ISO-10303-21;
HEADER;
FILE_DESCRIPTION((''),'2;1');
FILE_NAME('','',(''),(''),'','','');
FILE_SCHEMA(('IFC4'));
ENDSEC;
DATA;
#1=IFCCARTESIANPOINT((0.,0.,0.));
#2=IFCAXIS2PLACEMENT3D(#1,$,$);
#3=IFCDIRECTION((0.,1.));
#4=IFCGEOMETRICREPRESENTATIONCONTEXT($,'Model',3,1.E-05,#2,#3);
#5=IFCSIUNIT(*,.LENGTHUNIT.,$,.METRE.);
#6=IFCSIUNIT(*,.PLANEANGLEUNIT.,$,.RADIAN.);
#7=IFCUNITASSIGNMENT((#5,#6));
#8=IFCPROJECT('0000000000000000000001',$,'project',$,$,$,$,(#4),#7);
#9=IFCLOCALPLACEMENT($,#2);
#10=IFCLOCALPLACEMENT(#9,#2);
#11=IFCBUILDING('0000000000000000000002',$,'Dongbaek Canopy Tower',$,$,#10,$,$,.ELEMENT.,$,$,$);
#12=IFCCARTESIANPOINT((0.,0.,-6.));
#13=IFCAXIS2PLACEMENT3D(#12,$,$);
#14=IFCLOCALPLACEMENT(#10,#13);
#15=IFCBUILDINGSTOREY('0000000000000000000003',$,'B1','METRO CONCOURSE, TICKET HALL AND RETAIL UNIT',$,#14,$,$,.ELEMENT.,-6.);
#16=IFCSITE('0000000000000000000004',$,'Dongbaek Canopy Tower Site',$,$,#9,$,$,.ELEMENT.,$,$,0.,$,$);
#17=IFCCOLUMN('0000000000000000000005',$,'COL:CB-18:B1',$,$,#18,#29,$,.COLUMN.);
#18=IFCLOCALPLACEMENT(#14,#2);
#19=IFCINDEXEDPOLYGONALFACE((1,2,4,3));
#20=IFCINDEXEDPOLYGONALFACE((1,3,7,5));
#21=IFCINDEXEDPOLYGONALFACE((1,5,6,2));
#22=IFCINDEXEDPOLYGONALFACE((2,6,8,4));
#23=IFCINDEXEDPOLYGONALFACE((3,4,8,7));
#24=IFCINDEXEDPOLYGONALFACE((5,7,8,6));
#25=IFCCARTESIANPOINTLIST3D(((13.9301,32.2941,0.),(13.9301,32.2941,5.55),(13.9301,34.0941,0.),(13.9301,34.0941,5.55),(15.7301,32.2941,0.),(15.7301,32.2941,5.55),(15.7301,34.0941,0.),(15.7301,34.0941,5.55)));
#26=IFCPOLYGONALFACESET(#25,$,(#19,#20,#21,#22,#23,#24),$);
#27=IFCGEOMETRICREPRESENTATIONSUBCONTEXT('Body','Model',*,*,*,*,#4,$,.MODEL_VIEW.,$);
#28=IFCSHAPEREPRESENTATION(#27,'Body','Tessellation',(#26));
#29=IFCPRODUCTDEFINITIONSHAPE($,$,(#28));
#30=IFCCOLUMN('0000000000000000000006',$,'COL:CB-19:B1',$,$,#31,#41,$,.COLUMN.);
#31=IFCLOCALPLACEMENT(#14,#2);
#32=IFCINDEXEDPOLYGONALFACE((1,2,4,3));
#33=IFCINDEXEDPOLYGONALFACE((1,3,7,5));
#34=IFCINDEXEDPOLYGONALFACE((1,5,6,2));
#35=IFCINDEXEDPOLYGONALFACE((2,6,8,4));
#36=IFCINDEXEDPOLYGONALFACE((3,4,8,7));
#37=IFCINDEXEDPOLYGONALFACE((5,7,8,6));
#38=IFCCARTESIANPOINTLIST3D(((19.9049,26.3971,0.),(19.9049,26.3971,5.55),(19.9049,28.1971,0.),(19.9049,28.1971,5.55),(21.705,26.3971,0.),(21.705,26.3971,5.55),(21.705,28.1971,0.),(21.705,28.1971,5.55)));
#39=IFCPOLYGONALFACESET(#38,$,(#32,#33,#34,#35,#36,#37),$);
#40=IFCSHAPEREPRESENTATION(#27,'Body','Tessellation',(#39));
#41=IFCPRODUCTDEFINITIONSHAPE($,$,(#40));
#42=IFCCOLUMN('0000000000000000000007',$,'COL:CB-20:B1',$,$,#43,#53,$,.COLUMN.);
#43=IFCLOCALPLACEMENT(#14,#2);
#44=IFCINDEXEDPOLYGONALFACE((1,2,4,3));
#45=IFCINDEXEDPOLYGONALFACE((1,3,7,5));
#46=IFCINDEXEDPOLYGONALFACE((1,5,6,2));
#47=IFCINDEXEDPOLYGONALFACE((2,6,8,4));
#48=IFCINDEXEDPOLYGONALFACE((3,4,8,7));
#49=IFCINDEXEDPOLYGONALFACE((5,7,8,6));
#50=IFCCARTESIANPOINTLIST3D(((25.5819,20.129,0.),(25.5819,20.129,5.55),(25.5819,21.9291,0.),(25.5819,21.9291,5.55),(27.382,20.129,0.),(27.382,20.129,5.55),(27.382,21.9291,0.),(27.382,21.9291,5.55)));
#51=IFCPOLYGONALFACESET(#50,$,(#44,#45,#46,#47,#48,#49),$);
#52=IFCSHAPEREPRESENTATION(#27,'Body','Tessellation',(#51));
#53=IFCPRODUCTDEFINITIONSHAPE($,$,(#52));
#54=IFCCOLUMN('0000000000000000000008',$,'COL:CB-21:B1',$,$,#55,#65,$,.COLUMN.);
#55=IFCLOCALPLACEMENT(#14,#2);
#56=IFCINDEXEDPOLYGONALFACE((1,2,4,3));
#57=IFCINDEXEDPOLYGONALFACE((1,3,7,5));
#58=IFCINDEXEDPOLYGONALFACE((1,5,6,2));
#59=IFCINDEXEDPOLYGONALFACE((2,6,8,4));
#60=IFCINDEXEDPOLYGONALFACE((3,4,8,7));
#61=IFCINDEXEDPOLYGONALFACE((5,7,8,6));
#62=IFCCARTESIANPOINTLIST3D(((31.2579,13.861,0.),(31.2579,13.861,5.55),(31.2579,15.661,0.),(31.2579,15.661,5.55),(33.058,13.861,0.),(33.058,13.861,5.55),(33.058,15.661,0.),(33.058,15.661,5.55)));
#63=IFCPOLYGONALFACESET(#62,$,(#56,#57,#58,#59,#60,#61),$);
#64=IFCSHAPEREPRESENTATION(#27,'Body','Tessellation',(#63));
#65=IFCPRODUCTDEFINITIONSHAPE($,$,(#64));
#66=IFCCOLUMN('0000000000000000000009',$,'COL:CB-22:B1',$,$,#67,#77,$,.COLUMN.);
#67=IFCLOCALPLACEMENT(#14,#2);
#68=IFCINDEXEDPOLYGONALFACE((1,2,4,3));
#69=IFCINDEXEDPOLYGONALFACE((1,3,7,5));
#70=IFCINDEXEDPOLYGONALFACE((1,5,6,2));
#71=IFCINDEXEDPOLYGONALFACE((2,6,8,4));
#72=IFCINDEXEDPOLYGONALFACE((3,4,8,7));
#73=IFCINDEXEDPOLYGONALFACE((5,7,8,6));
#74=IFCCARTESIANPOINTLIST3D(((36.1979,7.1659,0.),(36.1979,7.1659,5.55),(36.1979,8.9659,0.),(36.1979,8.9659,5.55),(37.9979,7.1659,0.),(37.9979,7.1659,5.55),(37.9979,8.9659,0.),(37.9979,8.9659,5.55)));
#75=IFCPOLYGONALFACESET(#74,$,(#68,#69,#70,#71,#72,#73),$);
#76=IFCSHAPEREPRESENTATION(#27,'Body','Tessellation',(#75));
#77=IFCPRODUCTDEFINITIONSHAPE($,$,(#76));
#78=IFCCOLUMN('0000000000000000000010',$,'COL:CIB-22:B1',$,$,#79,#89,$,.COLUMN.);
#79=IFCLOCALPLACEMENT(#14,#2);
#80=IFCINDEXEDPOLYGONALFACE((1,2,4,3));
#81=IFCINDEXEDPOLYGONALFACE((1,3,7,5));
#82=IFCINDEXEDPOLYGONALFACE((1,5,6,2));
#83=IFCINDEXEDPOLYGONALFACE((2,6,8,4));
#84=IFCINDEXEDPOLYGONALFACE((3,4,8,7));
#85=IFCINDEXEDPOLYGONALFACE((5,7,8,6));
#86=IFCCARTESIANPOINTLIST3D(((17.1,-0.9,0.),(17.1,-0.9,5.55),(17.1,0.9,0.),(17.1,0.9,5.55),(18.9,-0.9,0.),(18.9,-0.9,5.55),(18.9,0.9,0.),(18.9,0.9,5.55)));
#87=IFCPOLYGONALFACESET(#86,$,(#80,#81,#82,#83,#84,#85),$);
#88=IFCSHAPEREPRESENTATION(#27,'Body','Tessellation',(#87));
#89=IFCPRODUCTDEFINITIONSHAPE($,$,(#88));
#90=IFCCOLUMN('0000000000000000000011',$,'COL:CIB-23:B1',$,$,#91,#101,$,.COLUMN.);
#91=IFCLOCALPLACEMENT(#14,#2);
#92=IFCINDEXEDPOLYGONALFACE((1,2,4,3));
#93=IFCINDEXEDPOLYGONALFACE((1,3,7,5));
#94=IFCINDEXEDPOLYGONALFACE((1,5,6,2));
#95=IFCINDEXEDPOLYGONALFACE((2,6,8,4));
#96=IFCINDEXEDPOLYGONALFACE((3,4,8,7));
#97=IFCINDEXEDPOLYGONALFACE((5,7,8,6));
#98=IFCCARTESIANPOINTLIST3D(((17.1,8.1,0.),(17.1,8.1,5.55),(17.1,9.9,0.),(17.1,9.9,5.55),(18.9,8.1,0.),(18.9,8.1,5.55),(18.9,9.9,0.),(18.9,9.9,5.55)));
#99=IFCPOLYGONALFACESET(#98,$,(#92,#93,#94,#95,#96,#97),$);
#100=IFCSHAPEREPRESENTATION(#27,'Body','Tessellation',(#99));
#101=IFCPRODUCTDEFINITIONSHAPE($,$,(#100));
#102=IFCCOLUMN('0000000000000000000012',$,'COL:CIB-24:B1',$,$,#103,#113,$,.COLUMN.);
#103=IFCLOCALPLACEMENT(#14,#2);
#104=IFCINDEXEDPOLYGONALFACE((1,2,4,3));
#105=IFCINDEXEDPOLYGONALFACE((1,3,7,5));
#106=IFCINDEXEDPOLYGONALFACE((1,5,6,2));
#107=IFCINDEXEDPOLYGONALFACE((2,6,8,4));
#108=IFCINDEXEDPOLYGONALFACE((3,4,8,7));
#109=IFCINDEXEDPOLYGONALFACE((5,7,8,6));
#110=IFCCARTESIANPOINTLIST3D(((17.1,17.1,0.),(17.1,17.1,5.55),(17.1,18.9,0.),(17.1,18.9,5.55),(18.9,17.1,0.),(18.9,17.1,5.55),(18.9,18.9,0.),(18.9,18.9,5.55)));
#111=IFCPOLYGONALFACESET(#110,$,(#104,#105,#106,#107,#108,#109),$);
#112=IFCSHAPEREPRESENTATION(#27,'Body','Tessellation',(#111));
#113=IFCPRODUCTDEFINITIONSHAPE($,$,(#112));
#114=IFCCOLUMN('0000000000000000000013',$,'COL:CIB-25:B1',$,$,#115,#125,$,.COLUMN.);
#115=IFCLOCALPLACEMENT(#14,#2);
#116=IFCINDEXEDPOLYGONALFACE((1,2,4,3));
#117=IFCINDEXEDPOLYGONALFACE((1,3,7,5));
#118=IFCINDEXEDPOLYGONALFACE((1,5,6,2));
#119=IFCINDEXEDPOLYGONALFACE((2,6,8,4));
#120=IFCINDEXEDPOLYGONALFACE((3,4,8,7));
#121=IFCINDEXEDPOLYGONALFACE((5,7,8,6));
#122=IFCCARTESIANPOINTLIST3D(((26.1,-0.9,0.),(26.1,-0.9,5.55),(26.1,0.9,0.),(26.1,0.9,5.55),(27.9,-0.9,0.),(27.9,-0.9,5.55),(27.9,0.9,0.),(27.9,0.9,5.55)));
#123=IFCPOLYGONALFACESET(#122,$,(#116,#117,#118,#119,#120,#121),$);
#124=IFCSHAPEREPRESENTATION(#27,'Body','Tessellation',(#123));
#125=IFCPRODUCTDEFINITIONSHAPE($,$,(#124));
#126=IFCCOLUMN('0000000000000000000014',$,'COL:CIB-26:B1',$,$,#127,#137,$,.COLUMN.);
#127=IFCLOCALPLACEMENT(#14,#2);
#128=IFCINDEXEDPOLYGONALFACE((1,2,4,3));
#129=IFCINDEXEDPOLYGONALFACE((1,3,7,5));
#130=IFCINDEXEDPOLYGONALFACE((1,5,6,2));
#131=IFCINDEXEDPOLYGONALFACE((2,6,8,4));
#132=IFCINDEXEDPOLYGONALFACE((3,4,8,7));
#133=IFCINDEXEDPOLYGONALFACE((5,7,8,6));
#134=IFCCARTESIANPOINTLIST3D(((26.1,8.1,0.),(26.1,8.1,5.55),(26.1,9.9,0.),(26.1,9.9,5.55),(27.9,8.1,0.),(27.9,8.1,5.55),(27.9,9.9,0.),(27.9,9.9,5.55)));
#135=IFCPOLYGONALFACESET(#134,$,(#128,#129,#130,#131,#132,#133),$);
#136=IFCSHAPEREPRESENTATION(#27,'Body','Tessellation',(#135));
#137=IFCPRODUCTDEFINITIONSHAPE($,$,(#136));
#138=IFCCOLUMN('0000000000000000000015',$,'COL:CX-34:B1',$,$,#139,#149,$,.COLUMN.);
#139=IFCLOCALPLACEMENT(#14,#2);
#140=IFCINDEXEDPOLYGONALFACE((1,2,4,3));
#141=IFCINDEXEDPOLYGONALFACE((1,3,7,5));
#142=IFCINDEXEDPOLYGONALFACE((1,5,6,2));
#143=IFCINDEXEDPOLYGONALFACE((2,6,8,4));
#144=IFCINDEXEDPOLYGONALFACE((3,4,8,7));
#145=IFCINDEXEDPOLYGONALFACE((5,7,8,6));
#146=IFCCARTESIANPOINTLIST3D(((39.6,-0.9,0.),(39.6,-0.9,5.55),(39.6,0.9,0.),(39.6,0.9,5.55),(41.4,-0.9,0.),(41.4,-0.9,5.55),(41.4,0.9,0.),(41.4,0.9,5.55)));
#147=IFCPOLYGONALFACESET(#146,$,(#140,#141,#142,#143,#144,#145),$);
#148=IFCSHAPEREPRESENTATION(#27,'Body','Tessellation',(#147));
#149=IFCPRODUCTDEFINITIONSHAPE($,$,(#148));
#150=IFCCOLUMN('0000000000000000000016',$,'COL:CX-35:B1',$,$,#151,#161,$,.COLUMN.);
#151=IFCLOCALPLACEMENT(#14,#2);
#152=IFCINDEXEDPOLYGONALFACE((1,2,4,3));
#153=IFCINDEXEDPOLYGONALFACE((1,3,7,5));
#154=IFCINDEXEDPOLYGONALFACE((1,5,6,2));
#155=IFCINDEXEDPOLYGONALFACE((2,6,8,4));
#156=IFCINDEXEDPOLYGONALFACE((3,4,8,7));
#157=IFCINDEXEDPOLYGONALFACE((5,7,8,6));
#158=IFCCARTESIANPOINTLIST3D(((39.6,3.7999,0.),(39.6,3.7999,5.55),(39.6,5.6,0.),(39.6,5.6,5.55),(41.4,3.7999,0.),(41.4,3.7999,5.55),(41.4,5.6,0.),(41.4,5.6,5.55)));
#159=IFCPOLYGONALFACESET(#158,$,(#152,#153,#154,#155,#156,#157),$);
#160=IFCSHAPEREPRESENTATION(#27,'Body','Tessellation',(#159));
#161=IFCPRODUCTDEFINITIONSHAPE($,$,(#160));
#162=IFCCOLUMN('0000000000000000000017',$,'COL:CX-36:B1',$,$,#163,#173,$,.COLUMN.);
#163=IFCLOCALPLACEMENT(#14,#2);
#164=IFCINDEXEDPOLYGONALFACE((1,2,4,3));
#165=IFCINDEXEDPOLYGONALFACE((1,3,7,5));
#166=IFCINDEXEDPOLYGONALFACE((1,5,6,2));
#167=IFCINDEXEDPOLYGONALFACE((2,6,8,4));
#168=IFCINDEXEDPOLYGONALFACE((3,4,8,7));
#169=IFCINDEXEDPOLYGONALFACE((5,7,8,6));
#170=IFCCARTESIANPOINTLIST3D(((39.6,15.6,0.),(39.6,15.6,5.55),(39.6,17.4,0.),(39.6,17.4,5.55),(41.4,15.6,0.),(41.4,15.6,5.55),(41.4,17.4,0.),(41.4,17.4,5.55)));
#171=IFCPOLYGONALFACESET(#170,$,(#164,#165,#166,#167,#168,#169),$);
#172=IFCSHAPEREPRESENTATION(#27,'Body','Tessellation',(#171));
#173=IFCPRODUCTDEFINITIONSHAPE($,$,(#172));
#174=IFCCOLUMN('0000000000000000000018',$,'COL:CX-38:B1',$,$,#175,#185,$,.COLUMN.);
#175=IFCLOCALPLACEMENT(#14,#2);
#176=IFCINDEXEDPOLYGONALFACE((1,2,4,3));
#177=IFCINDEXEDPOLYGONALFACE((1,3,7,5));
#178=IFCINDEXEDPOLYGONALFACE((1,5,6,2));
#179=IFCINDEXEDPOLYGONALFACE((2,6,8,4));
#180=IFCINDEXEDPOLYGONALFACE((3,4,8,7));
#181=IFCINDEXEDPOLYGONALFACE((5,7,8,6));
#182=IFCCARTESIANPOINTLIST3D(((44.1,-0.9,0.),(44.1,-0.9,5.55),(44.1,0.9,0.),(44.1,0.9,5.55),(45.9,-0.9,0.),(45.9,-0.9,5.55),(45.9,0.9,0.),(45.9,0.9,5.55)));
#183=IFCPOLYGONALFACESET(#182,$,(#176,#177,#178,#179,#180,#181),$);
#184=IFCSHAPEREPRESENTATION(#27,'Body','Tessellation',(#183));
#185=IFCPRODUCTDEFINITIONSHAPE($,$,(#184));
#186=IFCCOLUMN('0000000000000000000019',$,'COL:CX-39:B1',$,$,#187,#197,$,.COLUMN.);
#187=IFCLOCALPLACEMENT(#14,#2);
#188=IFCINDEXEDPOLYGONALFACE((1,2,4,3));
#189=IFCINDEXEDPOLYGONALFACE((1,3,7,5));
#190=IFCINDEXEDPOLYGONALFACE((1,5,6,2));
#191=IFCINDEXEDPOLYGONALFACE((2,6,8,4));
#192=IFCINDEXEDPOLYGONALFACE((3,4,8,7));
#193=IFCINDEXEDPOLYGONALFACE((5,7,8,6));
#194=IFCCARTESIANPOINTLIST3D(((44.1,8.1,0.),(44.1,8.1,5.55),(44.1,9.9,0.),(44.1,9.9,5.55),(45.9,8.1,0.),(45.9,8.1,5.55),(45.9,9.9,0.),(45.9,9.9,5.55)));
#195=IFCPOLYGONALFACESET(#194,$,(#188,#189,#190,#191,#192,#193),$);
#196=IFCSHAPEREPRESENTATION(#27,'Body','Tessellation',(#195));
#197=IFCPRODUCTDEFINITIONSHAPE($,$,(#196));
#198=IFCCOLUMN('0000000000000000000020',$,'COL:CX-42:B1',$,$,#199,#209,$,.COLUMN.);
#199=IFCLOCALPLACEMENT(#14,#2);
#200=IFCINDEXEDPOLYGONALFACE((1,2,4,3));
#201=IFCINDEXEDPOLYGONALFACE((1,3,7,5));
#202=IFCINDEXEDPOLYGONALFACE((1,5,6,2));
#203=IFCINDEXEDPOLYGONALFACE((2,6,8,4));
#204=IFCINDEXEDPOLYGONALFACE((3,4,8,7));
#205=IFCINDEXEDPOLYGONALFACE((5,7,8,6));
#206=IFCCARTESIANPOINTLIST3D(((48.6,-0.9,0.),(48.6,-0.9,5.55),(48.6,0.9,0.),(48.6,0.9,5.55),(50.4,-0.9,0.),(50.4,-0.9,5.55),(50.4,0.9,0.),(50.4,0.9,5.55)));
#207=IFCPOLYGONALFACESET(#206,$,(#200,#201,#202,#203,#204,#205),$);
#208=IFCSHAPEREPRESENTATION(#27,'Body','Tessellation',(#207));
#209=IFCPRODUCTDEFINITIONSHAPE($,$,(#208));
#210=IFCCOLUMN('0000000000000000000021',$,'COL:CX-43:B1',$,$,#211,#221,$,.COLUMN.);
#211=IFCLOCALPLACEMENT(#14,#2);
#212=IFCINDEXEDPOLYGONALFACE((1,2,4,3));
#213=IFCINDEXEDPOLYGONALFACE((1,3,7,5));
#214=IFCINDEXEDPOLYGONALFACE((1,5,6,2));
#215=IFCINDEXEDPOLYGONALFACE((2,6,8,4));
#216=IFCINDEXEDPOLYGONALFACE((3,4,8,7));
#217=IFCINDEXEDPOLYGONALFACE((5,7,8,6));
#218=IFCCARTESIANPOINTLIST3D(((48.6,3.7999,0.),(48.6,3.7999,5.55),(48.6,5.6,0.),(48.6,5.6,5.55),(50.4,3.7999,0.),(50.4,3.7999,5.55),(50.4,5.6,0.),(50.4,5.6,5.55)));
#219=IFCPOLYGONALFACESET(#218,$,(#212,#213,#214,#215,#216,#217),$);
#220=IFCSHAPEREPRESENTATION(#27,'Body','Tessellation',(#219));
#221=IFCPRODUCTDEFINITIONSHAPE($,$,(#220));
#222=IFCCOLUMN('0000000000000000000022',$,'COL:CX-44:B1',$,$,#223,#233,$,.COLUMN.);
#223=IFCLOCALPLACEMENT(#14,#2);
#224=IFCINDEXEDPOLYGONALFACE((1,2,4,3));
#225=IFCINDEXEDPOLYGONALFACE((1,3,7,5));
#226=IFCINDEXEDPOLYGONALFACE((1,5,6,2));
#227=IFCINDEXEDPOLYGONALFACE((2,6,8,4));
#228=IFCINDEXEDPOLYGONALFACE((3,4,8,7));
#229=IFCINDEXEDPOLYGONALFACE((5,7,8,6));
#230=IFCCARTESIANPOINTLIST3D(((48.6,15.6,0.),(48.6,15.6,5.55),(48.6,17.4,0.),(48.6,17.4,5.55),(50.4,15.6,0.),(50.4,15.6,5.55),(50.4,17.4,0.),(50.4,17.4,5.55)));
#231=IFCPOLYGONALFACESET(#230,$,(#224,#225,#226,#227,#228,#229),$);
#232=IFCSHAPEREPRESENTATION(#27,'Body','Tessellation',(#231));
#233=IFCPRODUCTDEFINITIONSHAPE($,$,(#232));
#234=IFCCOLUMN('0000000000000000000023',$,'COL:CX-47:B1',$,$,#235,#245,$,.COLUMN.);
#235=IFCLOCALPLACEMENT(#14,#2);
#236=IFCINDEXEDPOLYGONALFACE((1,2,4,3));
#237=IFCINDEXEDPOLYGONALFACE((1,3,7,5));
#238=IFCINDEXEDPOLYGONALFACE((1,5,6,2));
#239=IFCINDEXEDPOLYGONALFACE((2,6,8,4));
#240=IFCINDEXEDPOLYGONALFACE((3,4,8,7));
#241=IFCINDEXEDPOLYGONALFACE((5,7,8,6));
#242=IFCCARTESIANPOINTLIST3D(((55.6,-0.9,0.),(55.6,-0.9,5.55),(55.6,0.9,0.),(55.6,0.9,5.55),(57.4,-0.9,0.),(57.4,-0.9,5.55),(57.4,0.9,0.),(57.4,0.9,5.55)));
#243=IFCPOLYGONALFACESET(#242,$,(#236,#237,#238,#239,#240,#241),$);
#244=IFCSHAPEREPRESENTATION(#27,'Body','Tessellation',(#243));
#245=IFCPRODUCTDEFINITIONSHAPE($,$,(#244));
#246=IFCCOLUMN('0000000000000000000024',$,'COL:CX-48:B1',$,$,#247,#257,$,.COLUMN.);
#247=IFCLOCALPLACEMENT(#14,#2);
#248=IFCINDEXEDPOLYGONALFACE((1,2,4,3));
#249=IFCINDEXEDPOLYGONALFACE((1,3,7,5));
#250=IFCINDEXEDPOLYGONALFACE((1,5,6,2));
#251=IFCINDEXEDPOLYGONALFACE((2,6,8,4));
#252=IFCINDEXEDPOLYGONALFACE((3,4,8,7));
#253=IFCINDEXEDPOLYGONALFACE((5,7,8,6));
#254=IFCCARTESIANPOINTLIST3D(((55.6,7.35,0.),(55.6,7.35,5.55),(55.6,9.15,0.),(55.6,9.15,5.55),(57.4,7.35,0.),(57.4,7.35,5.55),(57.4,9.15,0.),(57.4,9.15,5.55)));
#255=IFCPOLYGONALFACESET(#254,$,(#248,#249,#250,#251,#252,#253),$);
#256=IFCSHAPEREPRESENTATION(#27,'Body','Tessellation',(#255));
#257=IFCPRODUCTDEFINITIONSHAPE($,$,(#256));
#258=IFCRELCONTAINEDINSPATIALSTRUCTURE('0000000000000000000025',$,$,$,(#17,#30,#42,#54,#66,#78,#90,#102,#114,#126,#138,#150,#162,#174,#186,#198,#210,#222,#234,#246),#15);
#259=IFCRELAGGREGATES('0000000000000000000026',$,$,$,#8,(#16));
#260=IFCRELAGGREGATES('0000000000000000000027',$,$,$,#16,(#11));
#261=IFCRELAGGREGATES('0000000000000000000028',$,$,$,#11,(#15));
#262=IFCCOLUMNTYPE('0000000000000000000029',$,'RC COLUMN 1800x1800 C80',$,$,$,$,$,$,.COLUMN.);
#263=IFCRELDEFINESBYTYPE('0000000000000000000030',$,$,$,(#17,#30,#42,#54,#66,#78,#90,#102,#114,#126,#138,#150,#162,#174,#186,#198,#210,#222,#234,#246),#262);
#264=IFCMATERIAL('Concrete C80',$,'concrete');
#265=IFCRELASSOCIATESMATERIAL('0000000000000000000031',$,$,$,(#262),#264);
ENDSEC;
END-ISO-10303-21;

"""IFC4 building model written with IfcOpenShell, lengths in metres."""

from ifc_helpers import new_model, si_unit, direction, frame, origin, origin_2d, place, context, subcontext, project, spatial, rectangle, extrude, material, material_profile, profile_set, type_object, element, save


model = new_model("IFC4")

# Units and contexts
model_context = context("Model", 3, precision=1e-05, world=origin(), true_north=direction((0.0, 1.0)))
body_context = subcontext(model_context, "Body", "Model", "MODEL_VIEW")
ifc_project = project(units=[si_unit("LENGTHUNIT", "METRE"), si_unit("PLANEANGLEUNIT", "RADIAN")], contexts=[model_context])

# Site, building, storey
site_placement = place(None, origin())
site = spatial("IfcSite", under=ifc_project, at=site_placement, Name="Dongbaek Canopy Tower Site", CompositionType="ELEMENT", RefElevation=0.0)
building_placement = place(site_placement, origin())
building = spatial("IfcBuilding", under=site, at=building_placement, Name="Dongbaek Canopy Tower", CompositionType="ELEMENT")
storey_placement = place(building_placement, frame((0.0, 0.0, -6.0)))
storey = spatial("IfcBuildingStorey", under=building, at=storey_placement, Name="B1", Description="METRO CONCOURSE, TICKET HALL AND RETAIL UNIT", CompositionType="ELEMENT", Elevation=-6.0)

# Columns
ifc_material_1 = material(Name="Concrete C80", Category="concrete")
ifc_material_profile = material_profile(ifc_material_1, rectangle(XDim=1.8, YDim=1.8, at=origin_2d()), Name="RC COLUMN 1800x1800 C80")
ifc_profile_set = profile_set([ifc_material_profile], Name="Concrete C80")
column_type = type_object("IfcColumnType", Name="RC COLUMN 1800x1800 C80", PredefinedType="COLUMN", material=ifc_profile_set)
for number, where, z_axis, x_axis, name in (
    (1, (14.8301, 33.1941, 0.0), (0.0, 0.0, 1.0), (1.0, 0.0, 0.0), "COL:CB-18:B1"),
    (2, (20.8049, 27.2971, 0.0), (0.0, 0.0, 1.0), (1.0, 0.0, 0.0), "COL:CB-19:B1"),
    (3, (26.4819, 21.0291, 0.0), (0.0, 0.0, 1.0), (1.0, 0.0, 0.0), "COL:CB-20:B1"),
    (4, (32.158, 14.761, 0.0), (0.0, 0.0, 1.0), (1.0, 0.0, 0.0), "COL:CB-21:B1"),
    (5, (37.0979, 8.0659, 0.0), (0.0, 0.0, 1.0), (1.0, 0.0, 0.0), "COL:CB-22:B1"),
    (6, (18.0, 0.0, 0.0), (0.0, 0.0, 1.0), (1.0, 0.0, 0.0), "COL:CIB-22:B1"),
    (7, (18.0, 9.0, 0.0), (0.0, 0.0, 1.0), (1.0, 0.0, 0.0), "COL:CIB-23:B1"),
    (8, (18.0, 18.0, 0.0), (0.0, 0.0, 1.0), (1.0, 0.0, 0.0), "COL:CIB-24:B1"),
    (9, (27.0, 0.0, 0.0), (0.0, 0.0, 1.0), (1.0, 0.0, 0.0), "COL:CIB-25:B1"),
    (10, (27.0, 9.0, 0.0), (0.0, 0.0, 1.0), (1.0, 0.0, 0.0), "COL:CIB-26:B1"),
    (11, (40.5, 0.0, 0.0), (0.0, 0.0, 1.0), (1.0, 0.0, 0.0), "COL:CX-34:B1"),
    (12, (40.5, 4.7, 0.0), (0.0, 0.0, 1.0), (1.0, 0.0, 0.0), "COL:CX-35:B1"),
    (13, (40.5, 16.5, 0.0), (0.0, 0.0, 1.0), (1.0, 0.0, 0.0), "COL:CX-36:B1"),
    (14, (45.0, 0.0, 0.0), (0.0, 0.0, 1.0), (1.0, 0.0, 0.0), "COL:CX-38:B1"),
    (15, (45.0, 9.0, 0.0), (0.0, 0.0, 1.0), (1.0, 0.0, 0.0), "COL:CX-39:B1"),
    (16, (49.5, 0.0, 0.0), (0.0, 0.0, 1.0), (1.0, 0.0, 0.0), "COL:CX-42:B1"),
    (17, (49.5, 4.7, 0.0), (0.0, 0.0, 1.0), (1.0, 0.0, 0.0), "COL:CX-43:B1"),
    (18, (49.5, 16.5, 0.0), (0.0, 0.0, 1.0), (1.0, 0.0, 0.0), "COL:CX-44:B1"),
    (19, (56.5, 0.0, 0.0), (0.0, 0.0, 1.0), (1.0, 0.0, 0.0), "COL:CX-47:B1"),
    (20, (56.5, 8.25, 0.0), (0.0, 0.0, 1.0), (1.0, 0.0, 0.0), "COL:CX-48:B1"),
):
    element("IfcColumn", number, at=place(storey_placement, frame(where, z_axis=z_axis, x_axis=x_axis)), inside=storey, type_object=column_type, Name=name, PredefinedType="COLUMN", context=body_context, shape_type="SweptSolid", body=[
        extrude(rectangle(XDim=1.8, YDim=1.8, at=origin_2d()), origin(), (0.0, 0.0, 1.0), 5.55),
    ])

save(model, "model.ifc")
